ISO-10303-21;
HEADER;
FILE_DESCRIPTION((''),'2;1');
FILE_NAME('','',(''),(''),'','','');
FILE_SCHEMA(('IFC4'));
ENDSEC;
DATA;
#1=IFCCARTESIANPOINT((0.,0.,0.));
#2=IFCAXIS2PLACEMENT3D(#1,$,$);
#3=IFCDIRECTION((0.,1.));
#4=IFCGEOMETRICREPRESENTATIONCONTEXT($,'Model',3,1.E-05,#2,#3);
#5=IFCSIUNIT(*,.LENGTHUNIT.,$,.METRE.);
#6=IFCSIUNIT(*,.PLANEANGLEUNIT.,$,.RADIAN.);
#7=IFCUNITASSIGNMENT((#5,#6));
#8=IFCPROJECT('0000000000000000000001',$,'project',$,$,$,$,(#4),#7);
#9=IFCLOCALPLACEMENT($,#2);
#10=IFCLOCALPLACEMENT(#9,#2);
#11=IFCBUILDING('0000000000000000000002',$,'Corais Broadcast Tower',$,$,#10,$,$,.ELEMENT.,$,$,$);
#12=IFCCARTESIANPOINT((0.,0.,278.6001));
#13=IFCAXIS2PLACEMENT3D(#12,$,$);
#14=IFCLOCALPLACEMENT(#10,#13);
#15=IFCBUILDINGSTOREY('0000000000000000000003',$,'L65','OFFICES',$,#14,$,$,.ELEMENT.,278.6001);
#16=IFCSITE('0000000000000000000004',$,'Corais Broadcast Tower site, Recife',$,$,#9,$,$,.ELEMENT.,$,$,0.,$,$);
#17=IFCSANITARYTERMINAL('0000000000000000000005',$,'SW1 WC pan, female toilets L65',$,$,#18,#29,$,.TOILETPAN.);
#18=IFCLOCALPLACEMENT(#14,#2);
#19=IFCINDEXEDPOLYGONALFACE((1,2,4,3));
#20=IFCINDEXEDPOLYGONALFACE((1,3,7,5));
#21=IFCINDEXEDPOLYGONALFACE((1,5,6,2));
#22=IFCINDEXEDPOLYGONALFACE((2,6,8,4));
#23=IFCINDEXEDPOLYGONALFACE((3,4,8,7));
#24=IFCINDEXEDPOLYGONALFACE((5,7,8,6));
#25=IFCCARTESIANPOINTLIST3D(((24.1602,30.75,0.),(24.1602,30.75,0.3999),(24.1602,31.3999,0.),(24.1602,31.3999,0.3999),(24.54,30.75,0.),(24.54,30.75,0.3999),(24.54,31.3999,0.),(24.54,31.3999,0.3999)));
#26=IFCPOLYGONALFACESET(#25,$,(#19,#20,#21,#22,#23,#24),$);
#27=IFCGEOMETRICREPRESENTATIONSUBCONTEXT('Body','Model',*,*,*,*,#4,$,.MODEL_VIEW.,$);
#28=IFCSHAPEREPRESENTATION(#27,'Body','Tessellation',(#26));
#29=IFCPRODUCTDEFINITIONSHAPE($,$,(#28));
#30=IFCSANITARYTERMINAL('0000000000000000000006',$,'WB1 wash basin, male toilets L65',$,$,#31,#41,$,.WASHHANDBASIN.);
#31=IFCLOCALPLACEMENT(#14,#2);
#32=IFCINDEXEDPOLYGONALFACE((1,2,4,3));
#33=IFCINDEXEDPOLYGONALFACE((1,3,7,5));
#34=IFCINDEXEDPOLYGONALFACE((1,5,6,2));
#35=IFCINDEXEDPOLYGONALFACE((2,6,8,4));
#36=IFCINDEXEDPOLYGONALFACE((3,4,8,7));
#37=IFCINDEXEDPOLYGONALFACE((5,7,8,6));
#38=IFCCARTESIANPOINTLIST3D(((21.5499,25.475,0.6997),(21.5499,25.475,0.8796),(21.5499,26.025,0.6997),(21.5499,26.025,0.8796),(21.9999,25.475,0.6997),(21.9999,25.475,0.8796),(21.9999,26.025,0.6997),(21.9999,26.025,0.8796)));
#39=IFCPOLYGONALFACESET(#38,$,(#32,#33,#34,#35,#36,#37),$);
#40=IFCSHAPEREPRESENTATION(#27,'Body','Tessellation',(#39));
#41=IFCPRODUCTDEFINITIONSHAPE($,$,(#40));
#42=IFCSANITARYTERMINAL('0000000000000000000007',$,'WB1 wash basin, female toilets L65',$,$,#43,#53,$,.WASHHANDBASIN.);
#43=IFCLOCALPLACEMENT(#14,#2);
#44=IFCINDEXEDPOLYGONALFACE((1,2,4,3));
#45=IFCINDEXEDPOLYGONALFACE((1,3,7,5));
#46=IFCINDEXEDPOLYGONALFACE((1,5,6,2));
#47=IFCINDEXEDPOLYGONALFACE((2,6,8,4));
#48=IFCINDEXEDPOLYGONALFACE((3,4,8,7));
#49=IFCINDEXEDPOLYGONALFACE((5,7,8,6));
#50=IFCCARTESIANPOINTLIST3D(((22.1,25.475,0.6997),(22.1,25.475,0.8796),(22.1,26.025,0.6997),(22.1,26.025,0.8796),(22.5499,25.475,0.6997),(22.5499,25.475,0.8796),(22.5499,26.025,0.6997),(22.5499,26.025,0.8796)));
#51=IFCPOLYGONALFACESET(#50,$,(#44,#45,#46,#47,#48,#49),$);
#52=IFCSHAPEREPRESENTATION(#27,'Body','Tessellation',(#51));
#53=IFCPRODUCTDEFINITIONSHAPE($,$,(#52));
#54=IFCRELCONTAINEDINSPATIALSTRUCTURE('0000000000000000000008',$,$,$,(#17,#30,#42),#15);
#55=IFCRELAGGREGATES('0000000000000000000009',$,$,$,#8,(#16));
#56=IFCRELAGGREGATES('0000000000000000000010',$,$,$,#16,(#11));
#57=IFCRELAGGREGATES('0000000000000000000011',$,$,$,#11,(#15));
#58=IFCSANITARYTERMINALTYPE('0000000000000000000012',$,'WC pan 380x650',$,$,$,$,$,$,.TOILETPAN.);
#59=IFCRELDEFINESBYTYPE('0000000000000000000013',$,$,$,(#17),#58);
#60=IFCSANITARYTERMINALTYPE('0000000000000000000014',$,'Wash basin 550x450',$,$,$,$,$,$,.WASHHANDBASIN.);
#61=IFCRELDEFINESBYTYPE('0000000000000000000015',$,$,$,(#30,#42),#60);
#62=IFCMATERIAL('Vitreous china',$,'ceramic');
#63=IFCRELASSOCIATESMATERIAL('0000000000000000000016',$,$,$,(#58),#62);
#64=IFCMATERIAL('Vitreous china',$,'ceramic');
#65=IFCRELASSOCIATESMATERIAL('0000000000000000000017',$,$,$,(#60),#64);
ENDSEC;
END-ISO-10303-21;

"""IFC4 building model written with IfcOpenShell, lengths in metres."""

from ifc_helpers import new_model, si_unit, direction, frame, origin, origin_2d, place, context, subcontext, project, spatial, rectangle, extrude, material, type_object, element, save


model = new_model("IFC4")

# Units and contexts
model_context = context("Model", 3, precision=1e-05, world=origin(), true_north=direction((0.0, 1.0)))
body_context = subcontext(model_context, "Body", "Model", "MODEL_VIEW")
ifc_project = project(units=[si_unit("LENGTHUNIT", "METRE"), si_unit("PLANEANGLEUNIT", "RADIAN")], contexts=[model_context])

# Site, building, storey
site_placement = place(None, origin())
site = spatial("IfcSite", under=ifc_project, at=site_placement, Name="Corais Broadcast Tower site, Recife", CompositionType="ELEMENT", RefElevation=0.0)
building_placement = place(site_placement, origin())
building = spatial("IfcBuilding", under=site, at=building_placement, Name="Corais Broadcast Tower", CompositionType="ELEMENT")
storey_placement = place(building_placement, frame((0.0, 0.0, 278.6001)))
storey = spatial("IfcBuildingStorey", under=building, at=storey_placement, Name="L65", Description="OFFICES", CompositionType="ELEMENT", Elevation=278.6001)

# Sanitary terminals
ifc_material_1 = material(Name="Vitreous china", Category="ceramic")
sanitary_terminal_type_1 = type_object("IfcSanitaryTerminalType", Name="WC pan 380x650", PredefinedType="TOILETPAN", material=ifc_material_1)
for number, where, z_axis, x_axis, name in (
    (1, (24.3501, 31.075, 0.0), (0.0, 0.0, 1.0), (1.0, 0.0, 0.0), "SW1 WC pan, female toilets L65"),
):
    element("IfcSanitaryTerminal", number, at=place(storey_placement, frame(where, z_axis=z_axis, x_axis=x_axis)), inside=storey, type_object=sanitary_terminal_type_1, Name=name, PredefinedType="TOILETPAN", context=body_context, shape_type="SweptSolid", body=[
        extrude(rectangle(XDim=0.3799, YDim=0.6499, at=origin_2d()), origin(), (0.0, 0.0, 1.0), 0.3999),
    ])
ifc_material_2 = material(Name="Vitreous china", Category="ceramic")
sanitary_terminal_type_2 = type_object("IfcSanitaryTerminalType", Name="Wash basin 550x450", PredefinedType="WASHHANDBASIN", material=ifc_material_2)
for number, where, z_axis, x_axis, name in (
    (2, (21.7749, 25.75, 0.6997), (0.0, 0.0, 1.0), (1.0, 0.0, 0.0), "WB1 wash basin, male toilets L65"),
    (3, (22.325, 25.75, 0.6997), (0.0, 0.0, 1.0), (1.0, 0.0, 0.0), "WB1 wash basin, female toilets L65"),
):
    element("IfcSanitaryTerminal", number, at=place(storey_placement, frame(where, z_axis=z_axis, x_axis=x_axis)), inside=storey, type_object=sanitary_terminal_type_2, Name=name, PredefinedType="WASHHANDBASIN", context=body_context, shape_type="SweptSolid", body=[
        extrude(rectangle(XDim=0.45, YDim=0.55, at=origin_2d()), origin(), (0.0, 0.0, 1.0), 0.1799),
    ])

save(model, "model.ifc")
